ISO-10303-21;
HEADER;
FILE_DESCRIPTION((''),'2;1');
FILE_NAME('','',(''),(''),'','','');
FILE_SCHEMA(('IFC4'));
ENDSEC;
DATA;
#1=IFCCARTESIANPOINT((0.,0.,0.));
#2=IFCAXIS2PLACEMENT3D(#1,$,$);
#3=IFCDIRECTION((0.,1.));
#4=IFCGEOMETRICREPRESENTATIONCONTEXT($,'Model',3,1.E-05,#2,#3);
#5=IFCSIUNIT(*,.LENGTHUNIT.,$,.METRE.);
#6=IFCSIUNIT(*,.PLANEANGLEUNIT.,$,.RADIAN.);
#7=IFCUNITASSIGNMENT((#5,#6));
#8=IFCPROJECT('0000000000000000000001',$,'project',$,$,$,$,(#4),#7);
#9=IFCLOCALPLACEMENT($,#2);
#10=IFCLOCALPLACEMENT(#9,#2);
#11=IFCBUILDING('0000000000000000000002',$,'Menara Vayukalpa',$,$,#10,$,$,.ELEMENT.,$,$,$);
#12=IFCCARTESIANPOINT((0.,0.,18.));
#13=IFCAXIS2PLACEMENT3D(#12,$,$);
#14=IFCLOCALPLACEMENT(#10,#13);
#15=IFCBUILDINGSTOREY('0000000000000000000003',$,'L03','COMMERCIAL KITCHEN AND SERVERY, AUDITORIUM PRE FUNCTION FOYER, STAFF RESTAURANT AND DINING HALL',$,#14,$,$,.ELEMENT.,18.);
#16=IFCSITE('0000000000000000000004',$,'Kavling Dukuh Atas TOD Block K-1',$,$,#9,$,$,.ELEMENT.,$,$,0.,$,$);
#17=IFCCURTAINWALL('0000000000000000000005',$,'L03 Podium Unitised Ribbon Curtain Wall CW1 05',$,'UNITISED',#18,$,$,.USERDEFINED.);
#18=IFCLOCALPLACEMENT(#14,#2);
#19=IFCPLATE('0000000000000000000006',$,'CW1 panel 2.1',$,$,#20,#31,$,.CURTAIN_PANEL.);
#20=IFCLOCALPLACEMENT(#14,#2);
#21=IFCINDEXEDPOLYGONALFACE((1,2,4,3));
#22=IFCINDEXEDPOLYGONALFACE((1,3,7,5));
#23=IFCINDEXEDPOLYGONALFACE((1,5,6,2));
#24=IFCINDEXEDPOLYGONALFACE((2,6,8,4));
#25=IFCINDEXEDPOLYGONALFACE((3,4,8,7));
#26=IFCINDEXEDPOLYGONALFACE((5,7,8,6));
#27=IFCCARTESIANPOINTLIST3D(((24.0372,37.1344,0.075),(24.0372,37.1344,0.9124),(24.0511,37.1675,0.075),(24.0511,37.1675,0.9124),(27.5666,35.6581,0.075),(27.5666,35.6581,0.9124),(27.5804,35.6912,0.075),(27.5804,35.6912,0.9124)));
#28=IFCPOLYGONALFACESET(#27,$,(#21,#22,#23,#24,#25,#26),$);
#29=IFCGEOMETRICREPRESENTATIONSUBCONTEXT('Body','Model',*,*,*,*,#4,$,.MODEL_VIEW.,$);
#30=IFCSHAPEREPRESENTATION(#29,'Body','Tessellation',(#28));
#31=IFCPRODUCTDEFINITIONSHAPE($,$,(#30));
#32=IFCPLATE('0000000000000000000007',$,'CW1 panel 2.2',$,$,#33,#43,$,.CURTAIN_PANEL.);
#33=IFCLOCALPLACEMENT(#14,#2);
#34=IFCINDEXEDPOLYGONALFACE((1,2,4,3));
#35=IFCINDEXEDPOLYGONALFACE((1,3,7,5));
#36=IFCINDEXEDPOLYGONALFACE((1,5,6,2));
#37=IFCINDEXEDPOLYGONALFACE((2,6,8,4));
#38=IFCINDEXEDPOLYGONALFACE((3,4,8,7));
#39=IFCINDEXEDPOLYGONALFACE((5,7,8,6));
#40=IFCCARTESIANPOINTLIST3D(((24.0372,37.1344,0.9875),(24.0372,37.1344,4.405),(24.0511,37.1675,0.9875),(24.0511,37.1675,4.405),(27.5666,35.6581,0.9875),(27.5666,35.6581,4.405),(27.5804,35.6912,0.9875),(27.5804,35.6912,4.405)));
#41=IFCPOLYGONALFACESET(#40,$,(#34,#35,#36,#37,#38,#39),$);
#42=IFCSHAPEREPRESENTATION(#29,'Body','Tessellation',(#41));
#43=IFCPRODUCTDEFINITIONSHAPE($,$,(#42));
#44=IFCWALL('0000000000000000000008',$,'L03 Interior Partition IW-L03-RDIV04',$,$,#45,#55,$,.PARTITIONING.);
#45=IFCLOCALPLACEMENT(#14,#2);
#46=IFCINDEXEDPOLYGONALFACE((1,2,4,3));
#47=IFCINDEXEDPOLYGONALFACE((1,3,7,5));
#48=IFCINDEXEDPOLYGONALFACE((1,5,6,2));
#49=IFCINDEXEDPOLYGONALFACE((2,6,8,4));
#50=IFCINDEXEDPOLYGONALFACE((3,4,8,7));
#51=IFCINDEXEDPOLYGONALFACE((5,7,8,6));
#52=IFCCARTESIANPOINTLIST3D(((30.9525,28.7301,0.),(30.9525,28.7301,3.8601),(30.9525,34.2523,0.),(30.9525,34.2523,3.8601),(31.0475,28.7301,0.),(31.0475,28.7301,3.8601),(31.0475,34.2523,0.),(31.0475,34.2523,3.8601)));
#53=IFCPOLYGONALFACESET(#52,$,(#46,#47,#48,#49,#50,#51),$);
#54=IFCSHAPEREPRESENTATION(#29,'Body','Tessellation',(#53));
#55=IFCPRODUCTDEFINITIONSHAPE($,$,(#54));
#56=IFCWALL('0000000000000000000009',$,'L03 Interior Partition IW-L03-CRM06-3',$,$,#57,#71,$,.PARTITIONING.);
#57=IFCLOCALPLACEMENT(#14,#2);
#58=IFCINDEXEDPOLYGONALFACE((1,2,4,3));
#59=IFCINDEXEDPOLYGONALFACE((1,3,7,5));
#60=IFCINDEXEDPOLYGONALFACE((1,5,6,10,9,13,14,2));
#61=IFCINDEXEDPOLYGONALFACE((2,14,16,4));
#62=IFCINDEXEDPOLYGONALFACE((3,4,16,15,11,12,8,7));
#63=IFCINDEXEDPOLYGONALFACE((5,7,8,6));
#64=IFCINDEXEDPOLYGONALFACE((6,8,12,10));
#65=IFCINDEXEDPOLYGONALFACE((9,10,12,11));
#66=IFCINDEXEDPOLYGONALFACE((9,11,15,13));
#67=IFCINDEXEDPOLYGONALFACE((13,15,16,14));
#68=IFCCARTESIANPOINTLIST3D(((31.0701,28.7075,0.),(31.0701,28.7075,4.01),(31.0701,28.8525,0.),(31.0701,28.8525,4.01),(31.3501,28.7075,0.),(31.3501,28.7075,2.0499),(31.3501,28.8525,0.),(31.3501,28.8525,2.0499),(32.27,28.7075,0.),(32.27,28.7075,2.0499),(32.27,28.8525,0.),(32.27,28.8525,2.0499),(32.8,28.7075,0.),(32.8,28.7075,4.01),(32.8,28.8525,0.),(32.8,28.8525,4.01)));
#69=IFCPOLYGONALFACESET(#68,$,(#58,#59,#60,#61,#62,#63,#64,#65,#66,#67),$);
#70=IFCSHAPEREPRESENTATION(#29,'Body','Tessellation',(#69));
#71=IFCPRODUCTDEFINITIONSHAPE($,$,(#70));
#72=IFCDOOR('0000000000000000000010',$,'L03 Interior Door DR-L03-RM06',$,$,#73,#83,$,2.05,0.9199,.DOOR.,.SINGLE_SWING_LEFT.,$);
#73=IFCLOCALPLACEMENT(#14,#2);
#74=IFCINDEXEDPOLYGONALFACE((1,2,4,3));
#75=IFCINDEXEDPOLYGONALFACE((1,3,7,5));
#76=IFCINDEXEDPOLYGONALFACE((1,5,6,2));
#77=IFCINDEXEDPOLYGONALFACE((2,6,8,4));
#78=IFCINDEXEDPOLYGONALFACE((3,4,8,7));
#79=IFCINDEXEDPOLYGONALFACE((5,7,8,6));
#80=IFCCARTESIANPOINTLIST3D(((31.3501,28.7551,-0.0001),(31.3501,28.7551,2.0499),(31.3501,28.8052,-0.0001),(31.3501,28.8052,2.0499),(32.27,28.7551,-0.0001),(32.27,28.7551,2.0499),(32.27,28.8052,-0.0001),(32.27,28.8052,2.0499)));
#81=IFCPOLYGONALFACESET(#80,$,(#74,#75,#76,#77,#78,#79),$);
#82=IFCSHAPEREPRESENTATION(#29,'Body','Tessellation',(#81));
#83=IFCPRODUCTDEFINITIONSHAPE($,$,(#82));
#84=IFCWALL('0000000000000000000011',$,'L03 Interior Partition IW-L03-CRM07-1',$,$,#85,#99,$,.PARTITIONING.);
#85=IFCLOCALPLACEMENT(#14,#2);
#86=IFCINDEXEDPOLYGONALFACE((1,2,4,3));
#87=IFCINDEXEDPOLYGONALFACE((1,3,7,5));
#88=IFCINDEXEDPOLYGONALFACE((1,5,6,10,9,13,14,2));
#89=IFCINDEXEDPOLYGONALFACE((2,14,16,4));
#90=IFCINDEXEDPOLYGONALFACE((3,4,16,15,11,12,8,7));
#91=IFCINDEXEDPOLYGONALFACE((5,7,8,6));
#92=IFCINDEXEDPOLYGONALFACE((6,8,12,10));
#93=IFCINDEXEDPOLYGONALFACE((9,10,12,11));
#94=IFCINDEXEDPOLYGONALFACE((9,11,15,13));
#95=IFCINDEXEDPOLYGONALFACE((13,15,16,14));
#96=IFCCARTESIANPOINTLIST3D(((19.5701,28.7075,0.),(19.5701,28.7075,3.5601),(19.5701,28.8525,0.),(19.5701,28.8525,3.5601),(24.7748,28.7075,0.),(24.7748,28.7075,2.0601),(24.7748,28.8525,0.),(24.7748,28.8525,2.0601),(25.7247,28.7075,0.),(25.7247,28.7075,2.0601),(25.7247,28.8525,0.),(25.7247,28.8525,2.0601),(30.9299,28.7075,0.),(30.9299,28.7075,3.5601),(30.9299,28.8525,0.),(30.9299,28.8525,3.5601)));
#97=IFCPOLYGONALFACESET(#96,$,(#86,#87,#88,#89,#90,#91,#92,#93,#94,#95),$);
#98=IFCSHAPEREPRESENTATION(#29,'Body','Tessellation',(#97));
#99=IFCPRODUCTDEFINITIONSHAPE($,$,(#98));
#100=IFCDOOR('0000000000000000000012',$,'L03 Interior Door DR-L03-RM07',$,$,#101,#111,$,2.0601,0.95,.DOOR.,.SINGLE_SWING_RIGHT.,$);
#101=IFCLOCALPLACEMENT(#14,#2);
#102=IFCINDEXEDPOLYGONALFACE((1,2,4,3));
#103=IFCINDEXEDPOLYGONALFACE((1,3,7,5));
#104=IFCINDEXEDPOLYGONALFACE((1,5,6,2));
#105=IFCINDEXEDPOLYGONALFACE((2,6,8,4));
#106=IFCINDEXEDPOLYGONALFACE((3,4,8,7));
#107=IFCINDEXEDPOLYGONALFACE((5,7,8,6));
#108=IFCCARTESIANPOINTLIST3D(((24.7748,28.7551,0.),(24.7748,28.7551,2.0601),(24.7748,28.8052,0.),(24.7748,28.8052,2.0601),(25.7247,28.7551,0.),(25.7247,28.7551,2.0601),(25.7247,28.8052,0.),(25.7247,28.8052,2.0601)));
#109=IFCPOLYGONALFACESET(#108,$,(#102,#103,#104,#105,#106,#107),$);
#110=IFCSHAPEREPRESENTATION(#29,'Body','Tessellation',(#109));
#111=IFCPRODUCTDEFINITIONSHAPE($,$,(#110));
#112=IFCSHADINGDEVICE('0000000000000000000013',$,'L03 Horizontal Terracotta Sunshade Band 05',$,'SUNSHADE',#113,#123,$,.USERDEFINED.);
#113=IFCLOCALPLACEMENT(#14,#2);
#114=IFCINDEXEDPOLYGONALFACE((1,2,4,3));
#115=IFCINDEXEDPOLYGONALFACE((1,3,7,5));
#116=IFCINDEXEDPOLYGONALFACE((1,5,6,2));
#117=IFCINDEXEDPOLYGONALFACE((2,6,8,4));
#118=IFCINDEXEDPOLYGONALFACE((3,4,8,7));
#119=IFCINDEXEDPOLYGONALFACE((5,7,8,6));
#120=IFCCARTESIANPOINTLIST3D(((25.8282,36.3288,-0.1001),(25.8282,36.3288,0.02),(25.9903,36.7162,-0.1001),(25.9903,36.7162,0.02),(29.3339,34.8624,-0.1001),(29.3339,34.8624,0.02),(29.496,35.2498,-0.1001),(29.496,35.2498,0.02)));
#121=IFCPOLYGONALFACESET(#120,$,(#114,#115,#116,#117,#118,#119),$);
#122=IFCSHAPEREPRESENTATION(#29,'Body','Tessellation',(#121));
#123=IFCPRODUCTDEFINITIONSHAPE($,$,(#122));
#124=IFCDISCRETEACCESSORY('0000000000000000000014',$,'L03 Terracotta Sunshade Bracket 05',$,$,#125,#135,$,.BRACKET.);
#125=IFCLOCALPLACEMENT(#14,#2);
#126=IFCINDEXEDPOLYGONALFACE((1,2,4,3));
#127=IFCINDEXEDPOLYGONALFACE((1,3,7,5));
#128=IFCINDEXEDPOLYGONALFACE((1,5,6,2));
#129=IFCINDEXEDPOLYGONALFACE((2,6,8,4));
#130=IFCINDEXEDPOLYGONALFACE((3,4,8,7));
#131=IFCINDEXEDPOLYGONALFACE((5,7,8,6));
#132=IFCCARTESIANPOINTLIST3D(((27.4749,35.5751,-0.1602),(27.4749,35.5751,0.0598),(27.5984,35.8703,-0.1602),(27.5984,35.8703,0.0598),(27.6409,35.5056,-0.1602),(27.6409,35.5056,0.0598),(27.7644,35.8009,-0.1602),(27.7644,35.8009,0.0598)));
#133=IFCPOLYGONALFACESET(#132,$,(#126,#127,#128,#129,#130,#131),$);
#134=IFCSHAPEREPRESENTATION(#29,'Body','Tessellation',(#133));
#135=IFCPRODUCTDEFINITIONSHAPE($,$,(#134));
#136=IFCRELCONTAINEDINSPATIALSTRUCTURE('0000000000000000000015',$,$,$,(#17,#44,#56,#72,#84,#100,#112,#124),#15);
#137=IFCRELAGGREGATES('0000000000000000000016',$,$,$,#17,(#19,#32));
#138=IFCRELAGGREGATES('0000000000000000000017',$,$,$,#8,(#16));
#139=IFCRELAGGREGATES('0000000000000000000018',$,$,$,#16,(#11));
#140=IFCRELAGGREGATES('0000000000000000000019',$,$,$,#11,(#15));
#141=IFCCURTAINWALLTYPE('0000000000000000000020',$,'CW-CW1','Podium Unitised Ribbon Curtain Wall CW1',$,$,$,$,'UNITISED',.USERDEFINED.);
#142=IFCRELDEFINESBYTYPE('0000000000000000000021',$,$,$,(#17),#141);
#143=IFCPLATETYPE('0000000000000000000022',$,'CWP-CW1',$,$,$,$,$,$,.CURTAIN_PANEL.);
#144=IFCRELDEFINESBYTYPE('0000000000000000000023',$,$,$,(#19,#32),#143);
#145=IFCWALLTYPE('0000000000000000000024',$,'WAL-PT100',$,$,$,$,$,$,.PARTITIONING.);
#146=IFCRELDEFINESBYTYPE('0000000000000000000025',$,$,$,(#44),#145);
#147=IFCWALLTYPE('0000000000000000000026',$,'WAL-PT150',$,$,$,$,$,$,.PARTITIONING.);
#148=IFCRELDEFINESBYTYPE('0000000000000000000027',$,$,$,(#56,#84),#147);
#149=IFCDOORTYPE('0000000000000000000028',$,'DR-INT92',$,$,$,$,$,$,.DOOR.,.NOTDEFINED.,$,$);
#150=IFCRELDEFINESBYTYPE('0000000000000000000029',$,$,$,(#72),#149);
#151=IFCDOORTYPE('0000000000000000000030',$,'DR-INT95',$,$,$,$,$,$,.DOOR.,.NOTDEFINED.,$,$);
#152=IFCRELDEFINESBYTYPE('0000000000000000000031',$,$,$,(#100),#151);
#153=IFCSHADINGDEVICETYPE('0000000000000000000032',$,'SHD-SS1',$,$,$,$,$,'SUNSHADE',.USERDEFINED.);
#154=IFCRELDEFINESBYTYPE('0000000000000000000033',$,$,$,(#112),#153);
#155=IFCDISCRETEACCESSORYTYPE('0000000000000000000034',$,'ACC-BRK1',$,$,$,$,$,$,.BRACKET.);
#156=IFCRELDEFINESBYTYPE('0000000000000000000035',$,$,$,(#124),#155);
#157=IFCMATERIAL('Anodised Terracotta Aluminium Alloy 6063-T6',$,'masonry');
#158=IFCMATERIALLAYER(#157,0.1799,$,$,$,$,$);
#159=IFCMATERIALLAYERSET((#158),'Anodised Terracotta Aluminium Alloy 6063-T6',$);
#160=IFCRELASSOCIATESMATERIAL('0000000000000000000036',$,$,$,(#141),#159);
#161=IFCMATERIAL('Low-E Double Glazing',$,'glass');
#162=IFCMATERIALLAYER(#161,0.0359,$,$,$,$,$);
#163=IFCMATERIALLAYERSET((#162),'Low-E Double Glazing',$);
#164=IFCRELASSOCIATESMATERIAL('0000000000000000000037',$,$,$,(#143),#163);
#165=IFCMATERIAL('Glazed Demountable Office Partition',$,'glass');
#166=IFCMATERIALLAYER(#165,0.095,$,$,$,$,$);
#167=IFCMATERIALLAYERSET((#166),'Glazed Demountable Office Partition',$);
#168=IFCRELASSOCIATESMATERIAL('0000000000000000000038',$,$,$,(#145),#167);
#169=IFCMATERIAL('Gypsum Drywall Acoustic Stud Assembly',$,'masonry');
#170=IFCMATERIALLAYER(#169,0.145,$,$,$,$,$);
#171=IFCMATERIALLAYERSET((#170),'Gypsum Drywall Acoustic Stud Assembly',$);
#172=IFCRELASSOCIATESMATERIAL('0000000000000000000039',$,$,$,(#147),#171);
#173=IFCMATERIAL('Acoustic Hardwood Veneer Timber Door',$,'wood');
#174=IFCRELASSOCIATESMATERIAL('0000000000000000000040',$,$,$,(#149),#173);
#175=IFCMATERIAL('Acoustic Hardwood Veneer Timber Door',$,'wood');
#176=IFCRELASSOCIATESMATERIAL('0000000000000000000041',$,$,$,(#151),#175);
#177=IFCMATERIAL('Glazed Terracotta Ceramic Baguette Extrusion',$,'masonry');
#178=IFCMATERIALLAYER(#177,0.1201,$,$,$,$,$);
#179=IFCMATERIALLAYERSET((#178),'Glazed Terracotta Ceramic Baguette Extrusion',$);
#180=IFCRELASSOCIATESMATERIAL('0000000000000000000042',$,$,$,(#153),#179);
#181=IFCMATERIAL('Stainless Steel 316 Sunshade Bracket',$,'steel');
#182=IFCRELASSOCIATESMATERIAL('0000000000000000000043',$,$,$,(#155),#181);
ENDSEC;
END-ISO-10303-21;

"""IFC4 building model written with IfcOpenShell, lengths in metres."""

from ifc_helpers import new_model, si_unit, direction, frame, frame_2d, origin, origin_2d, place, context, subcontext, project, spatial, rectangle, extrude, material, layer, layer_set, type_object, element, fill, aggregate, save


model = new_model("IFC4")

# Units and contexts
model_context = context("Model", 3, precision=1e-05, world=origin(), true_north=direction((0.0, 1.0)))
body_context = subcontext(model_context, "Body", "Model", "MODEL_VIEW")
ifc_project = project(units=[si_unit("LENGTHUNIT", "METRE"), si_unit("PLANEANGLEUNIT", "RADIAN")], contexts=[model_context])

# Site, building, storey
site_placement = place(None, origin())
site = spatial("IfcSite", under=ifc_project, at=site_placement, Name="Kavling Dukuh Atas TOD Block K-1", CompositionType="ELEMENT", RefElevation=0.0)
building_placement = place(site_placement, origin())
building = spatial("IfcBuilding", under=site, at=building_placement, Name="Menara Vayukalpa", CompositionType="ELEMENT")
storey_placement = place(building_placement, frame((0.0, 0.0, 18.0)))
storey = spatial("IfcBuildingStorey", under=building, at=storey_placement, Name="L03", Description="COMMERCIAL KITCHEN AND SERVERY, AUDITORIUM PRE FUNCTION FOYER, STAFF RESTAURANT AND DINING HALL", CompositionType="ELEMENT", Elevation=18.0)

# Shared definitions
ifc_material_1 = material(Name="Anodised Terracotta Aluminium Alloy 6063-T6", Category="masonry")
ifc_layer_1 = layer(ifc_material_1, 0.1799)
ifc_layer_set_1 = layer_set([ifc_layer_1], Name="Anodised Terracotta Aluminium Alloy 6063-T6")
curtain_wall_type = type_object("IfcCurtainWallType", Name="CW-CW1", Description="Podium Unitised Ribbon Curtain Wall CW1", ElementType="UNITISED", PredefinedType="USERDEFINED", material=ifc_layer_set_1)

# Curtain wall, plates
curtain_wall_1_placement = place(storey_placement, origin())
curtain_wall_1 = element("IfcCurtainWall", 1, at=curtain_wall_1_placement, inside=storey, type_object=curtain_wall_type, Name="L03 Podium Unitised Ribbon Curtain Wall CW1 05", ObjectType="UNITISED", PredefinedType="USERDEFINED")
ifc_material_2 = material(Name="Low-E Double Glazing", Category="glass")
ifc_layer_2 = layer(ifc_material_2, 0.0359)
ifc_layer_set_2 = layer_set([ifc_layer_2], Name="Low-E Double Glazing")
plate_type = type_object("IfcPlateType", Name="CWP-CW1", PredefinedType="CURTAIN_PANEL", material=ifc_layer_set_2)
plate_1_placement = place(storey_placement, frame((25.8088, 36.4128, 0.075), z_axis=(0.0, 0.0, 1.0), x_axis=(-0.922545, 0.385891, 0.0)))
plate_1 = element("IfcPlate", 2, at=plate_1_placement, type_object=plate_type, Name="CW1 panel 2.1", PredefinedType="CURTAIN_PANEL", context=body_context, shape_type="SweptSolid", body=[
    extrude(rectangle(XDim=3.8257, YDim=0.0359, at=origin_2d()), origin(), (0.0, 0.0, 1.0), 0.8374),
])
plate_2_placement = place(storey_placement, frame((25.8088, 36.4128, 0.9875), z_axis=(0.0, 0.0, 1.0), x_axis=(-0.922545, 0.385891, 0.0)))
plate_2 = element("IfcPlate", 3, at=plate_2_placement, type_object=plate_type, Name="CW1 panel 2.2", PredefinedType="CURTAIN_PANEL", context=body_context, shape_type="SweptSolid", body=[
    extrude(rectangle(XDim=3.8257, YDim=0.0359, at=origin_2d()), origin(), (0.0, 0.0, 1.0), 3.4175),
])
aggregate(curtain_wall_1, [plate_1, plate_2])

# Wall
ifc_material_3 = material(Name="Glazed Demountable Office Partition", Category="glass")
ifc_layer_3 = layer(ifc_material_3, 0.095)
ifc_layer_set_3 = layer_set([ifc_layer_3], Name="Glazed Demountable Office Partition")
wall_type_1 = type_object("IfcWallType", Name="WAL-PT100", PredefinedType="PARTITIONING", material=ifc_layer_set_3)
wall_1_placement = place(storey_placement, frame((31.0, 28.73, 0.0), z_axis=(0.0, 0.0, 1.0), x_axis=(0.0, 1.0, 0.0)))
element("IfcWall", 4, at=wall_1_placement, inside=storey, type_object=wall_type_1, Name="L03 Interior Partition IW-L03-RDIV04", PredefinedType="PARTITIONING", context=body_context, shape_type="SweptSolid", body=[
    extrude(rectangle(XDim=5.5222, YDim=0.095, at=frame_2d((2.7612, 0.0))), origin(), (0.0, 0.0, 1.0), 3.8601),
])

# Walls, openings, doors
ifc_material_4 = material(Name="Gypsum Drywall Acoustic Stud Assembly", Category="masonry")
ifc_layer_4 = layer(ifc_material_4, 0.145)
ifc_layer_set_4 = layer_set([ifc_layer_4], Name="Gypsum Drywall Acoustic Stud Assembly")
wall_type_2 = type_object("IfcWallType", Name="WAL-PT150", PredefinedType="PARTITIONING", material=ifc_layer_set_4)
wall_2_placement = place(storey_placement, frame((32.8, 28.78, 0.0), z_axis=(0.0, 0.0, 1.0), x_axis=(-1.0, 0.0, 0.0)))
wall_2 = element("IfcWall", 5, at=wall_2_placement, inside=storey, type_object=wall_type_2, Name="L03 Interior Partition IW-L03-CRM06-3", PredefinedType="PARTITIONING", context=body_context, shape_type="SweptSolid", body=[
    extrude(rectangle(XDim=1.73, YDim=0.145, at=frame_2d((0.865, 0.0))), origin(), (0.0, 0.0, 1.0), 4.01),
])
opening_1_placement = place(wall_2_placement, frame((0.53, 0.0, 0.0)))
opening_1 = element("IfcOpeningElement", 6, at=opening_1_placement, cuts=wall_2, PredefinedType="OPENING", context=body_context, shape_type="SweptSolid", body=[
    extrude(rectangle(XDim=0.9199, YDim=2.05, at=frame_2d((0.46, 1.0249))), frame((0.0, 0.0825, 0.0), z_axis=(0.0, -1.0, 0.0), x_axis=(1.0, 0.0, 0.0)), (0.0, 0.0, 1.0), 0.165),
])
ifc_material_5 = material(Name="Acoustic Hardwood Veneer Timber Door", Category="wood")
door_type_1 = type_object("IfcDoorType", Name="DR-INT92", OperationType="NOTDEFINED", PredefinedType="DOOR", material=ifc_material_5)
door_1_placement = place(opening_1_placement, origin())
door_1 = element("IfcDoor", 7, at=door_1_placement, inside=storey, type_object=door_type_1, Name="L03 Interior Door DR-L03-RM06", OperationType="SINGLE_SWING_LEFT", OverallHeight=2.05, OverallWidth=0.9199, PredefinedType="DOOR", context=body_context, shape_type="SweptSolid", body=[
    extrude(rectangle(XDim=0.9199, YDim=2.05, at=frame_2d((0.46, 1.0249))), frame((0.0, 0.0249, 0.0), z_axis=(0.0, -1.0, 0.0), x_axis=(1.0, 0.0, 0.0)), (0.0, 0.0, 1.0), 0.05),
])
fill(opening_1, door_1)
wall_3_placement = place(storey_placement, frame((30.9299, 28.78, 0.0), z_axis=(0.0, 0.0, 1.0), x_axis=(-1.0, 0.0, 0.0)))
wall_3 = element("IfcWall", 8, at=wall_3_placement, inside=storey, type_object=wall_type_2, Name="L03 Interior Partition IW-L03-CRM07-1", PredefinedType="PARTITIONING", context=body_context, shape_type="SweptSolid", body=[
    extrude(rectangle(XDim=11.3599, YDim=0.145, at=frame_2d((5.6799, 0.0))), origin(), (0.0, 0.0, 1.0), 3.5601),
])
opening_2_placement = place(wall_3_placement, frame((5.2051, 0.0, 0.0)))
opening_2 = element("IfcOpeningElement", 9, at=opening_2_placement, cuts=wall_3, PredefinedType="OPENING", context=body_context, shape_type="SweptSolid", body=[
    extrude(rectangle(XDim=0.95, YDim=2.0601, at=frame_2d((0.4751, 1.03))), frame((0.0, 0.0825, 0.0), z_axis=(0.0, -1.0, 0.0), x_axis=(1.0, 0.0, 0.0)), (0.0, 0.0, 1.0), 0.165),
])
ifc_material_6 = material(Name="Acoustic Hardwood Veneer Timber Door", Category="wood")
door_type_2 = type_object("IfcDoorType", Name="DR-INT95", OperationType="NOTDEFINED", PredefinedType="DOOR", material=ifc_material_6)
door_2_placement = place(opening_2_placement, origin())
door_2 = element("IfcDoor", 10, at=door_2_placement, inside=storey, type_object=door_type_2, Name="L03 Interior Door DR-L03-RM07", OperationType="SINGLE_SWING_RIGHT", OverallHeight=2.0601, OverallWidth=0.95, PredefinedType="DOOR", context=body_context, shape_type="SweptSolid", body=[
    extrude(rectangle(XDim=0.95, YDim=2.0601, at=frame_2d((0.4751, 1.03))), frame((0.0, 0.0249, 0.0), z_axis=(0.0, -1.0, 0.0), x_axis=(1.0, 0.0, 0.0)), (0.0, 0.0, 1.0), 0.05),
])
fill(opening_2, door_2)

# Shading device
ifc_material_7 = material(Name="Glazed Terracotta Ceramic Baguette Extrusion", Category="masonry")
ifc_layer_5 = layer(ifc_material_7, 0.1201)
ifc_layer_set_5 = layer_set([ifc_layer_5], Name="Glazed Terracotta Ceramic Baguette Extrusion")
shading_device_type = type_object("IfcShadingDeviceType", Name="SHD-SS1", ElementType="SUNSHADE", PredefinedType="USERDEFINED", material=ifc_layer_set_5)
shading_device_placement = place(storey_placement, frame((27.6621, 35.7893, -0.1001), z_axis=(0.0, 0.0, 1.0), x_axis=(-0.922545, 0.38589, 0.0)))
element("IfcShadingDevice", 11, at=shading_device_placement, inside=storey, type_object=shading_device_type, Name="L03 Horizontal Terracotta Sunshade Band 05", ObjectType="SUNSHADE", PredefinedType="USERDEFINED", context=body_context, shape_type="SweptSolid", body=[
    extrude(rectangle(XDim=3.8, YDim=0.4199, at=origin_2d()), origin(), (0.0, 0.0, 1.0), 0.1201),
])

# Discrete accessory
ifc_material_8 = material(Name="Stainless Steel 316 Sunshade Bracket", Category="steel")
discrete_accessory_type = type_object("IfcDiscreteAccessoryType", Name="ACC-BRK1", PredefinedType="BRACKET", material=ifc_material_8)
discrete_accessory_placement = place(storey_placement, frame((27.6196, 35.688, -0.1602), z_axis=(0.0, 0.0, 1.0), x_axis=(-0.922545, 0.38589, 0.0)))
element("IfcDiscreteAccessory", 12, at=discrete_accessory_placement, inside=storey, type_object=discrete_accessory_type, Name="L03 Terracotta Sunshade Bracket 05", PredefinedType="BRACKET", context=body_context, shape_type="SweptSolid", body=[
    extrude(rectangle(XDim=0.1799, YDim=0.3201, at=origin_2d()), origin(), (0.0, 0.0, 1.0), 0.22),
])

save(model, "model.ifc")
